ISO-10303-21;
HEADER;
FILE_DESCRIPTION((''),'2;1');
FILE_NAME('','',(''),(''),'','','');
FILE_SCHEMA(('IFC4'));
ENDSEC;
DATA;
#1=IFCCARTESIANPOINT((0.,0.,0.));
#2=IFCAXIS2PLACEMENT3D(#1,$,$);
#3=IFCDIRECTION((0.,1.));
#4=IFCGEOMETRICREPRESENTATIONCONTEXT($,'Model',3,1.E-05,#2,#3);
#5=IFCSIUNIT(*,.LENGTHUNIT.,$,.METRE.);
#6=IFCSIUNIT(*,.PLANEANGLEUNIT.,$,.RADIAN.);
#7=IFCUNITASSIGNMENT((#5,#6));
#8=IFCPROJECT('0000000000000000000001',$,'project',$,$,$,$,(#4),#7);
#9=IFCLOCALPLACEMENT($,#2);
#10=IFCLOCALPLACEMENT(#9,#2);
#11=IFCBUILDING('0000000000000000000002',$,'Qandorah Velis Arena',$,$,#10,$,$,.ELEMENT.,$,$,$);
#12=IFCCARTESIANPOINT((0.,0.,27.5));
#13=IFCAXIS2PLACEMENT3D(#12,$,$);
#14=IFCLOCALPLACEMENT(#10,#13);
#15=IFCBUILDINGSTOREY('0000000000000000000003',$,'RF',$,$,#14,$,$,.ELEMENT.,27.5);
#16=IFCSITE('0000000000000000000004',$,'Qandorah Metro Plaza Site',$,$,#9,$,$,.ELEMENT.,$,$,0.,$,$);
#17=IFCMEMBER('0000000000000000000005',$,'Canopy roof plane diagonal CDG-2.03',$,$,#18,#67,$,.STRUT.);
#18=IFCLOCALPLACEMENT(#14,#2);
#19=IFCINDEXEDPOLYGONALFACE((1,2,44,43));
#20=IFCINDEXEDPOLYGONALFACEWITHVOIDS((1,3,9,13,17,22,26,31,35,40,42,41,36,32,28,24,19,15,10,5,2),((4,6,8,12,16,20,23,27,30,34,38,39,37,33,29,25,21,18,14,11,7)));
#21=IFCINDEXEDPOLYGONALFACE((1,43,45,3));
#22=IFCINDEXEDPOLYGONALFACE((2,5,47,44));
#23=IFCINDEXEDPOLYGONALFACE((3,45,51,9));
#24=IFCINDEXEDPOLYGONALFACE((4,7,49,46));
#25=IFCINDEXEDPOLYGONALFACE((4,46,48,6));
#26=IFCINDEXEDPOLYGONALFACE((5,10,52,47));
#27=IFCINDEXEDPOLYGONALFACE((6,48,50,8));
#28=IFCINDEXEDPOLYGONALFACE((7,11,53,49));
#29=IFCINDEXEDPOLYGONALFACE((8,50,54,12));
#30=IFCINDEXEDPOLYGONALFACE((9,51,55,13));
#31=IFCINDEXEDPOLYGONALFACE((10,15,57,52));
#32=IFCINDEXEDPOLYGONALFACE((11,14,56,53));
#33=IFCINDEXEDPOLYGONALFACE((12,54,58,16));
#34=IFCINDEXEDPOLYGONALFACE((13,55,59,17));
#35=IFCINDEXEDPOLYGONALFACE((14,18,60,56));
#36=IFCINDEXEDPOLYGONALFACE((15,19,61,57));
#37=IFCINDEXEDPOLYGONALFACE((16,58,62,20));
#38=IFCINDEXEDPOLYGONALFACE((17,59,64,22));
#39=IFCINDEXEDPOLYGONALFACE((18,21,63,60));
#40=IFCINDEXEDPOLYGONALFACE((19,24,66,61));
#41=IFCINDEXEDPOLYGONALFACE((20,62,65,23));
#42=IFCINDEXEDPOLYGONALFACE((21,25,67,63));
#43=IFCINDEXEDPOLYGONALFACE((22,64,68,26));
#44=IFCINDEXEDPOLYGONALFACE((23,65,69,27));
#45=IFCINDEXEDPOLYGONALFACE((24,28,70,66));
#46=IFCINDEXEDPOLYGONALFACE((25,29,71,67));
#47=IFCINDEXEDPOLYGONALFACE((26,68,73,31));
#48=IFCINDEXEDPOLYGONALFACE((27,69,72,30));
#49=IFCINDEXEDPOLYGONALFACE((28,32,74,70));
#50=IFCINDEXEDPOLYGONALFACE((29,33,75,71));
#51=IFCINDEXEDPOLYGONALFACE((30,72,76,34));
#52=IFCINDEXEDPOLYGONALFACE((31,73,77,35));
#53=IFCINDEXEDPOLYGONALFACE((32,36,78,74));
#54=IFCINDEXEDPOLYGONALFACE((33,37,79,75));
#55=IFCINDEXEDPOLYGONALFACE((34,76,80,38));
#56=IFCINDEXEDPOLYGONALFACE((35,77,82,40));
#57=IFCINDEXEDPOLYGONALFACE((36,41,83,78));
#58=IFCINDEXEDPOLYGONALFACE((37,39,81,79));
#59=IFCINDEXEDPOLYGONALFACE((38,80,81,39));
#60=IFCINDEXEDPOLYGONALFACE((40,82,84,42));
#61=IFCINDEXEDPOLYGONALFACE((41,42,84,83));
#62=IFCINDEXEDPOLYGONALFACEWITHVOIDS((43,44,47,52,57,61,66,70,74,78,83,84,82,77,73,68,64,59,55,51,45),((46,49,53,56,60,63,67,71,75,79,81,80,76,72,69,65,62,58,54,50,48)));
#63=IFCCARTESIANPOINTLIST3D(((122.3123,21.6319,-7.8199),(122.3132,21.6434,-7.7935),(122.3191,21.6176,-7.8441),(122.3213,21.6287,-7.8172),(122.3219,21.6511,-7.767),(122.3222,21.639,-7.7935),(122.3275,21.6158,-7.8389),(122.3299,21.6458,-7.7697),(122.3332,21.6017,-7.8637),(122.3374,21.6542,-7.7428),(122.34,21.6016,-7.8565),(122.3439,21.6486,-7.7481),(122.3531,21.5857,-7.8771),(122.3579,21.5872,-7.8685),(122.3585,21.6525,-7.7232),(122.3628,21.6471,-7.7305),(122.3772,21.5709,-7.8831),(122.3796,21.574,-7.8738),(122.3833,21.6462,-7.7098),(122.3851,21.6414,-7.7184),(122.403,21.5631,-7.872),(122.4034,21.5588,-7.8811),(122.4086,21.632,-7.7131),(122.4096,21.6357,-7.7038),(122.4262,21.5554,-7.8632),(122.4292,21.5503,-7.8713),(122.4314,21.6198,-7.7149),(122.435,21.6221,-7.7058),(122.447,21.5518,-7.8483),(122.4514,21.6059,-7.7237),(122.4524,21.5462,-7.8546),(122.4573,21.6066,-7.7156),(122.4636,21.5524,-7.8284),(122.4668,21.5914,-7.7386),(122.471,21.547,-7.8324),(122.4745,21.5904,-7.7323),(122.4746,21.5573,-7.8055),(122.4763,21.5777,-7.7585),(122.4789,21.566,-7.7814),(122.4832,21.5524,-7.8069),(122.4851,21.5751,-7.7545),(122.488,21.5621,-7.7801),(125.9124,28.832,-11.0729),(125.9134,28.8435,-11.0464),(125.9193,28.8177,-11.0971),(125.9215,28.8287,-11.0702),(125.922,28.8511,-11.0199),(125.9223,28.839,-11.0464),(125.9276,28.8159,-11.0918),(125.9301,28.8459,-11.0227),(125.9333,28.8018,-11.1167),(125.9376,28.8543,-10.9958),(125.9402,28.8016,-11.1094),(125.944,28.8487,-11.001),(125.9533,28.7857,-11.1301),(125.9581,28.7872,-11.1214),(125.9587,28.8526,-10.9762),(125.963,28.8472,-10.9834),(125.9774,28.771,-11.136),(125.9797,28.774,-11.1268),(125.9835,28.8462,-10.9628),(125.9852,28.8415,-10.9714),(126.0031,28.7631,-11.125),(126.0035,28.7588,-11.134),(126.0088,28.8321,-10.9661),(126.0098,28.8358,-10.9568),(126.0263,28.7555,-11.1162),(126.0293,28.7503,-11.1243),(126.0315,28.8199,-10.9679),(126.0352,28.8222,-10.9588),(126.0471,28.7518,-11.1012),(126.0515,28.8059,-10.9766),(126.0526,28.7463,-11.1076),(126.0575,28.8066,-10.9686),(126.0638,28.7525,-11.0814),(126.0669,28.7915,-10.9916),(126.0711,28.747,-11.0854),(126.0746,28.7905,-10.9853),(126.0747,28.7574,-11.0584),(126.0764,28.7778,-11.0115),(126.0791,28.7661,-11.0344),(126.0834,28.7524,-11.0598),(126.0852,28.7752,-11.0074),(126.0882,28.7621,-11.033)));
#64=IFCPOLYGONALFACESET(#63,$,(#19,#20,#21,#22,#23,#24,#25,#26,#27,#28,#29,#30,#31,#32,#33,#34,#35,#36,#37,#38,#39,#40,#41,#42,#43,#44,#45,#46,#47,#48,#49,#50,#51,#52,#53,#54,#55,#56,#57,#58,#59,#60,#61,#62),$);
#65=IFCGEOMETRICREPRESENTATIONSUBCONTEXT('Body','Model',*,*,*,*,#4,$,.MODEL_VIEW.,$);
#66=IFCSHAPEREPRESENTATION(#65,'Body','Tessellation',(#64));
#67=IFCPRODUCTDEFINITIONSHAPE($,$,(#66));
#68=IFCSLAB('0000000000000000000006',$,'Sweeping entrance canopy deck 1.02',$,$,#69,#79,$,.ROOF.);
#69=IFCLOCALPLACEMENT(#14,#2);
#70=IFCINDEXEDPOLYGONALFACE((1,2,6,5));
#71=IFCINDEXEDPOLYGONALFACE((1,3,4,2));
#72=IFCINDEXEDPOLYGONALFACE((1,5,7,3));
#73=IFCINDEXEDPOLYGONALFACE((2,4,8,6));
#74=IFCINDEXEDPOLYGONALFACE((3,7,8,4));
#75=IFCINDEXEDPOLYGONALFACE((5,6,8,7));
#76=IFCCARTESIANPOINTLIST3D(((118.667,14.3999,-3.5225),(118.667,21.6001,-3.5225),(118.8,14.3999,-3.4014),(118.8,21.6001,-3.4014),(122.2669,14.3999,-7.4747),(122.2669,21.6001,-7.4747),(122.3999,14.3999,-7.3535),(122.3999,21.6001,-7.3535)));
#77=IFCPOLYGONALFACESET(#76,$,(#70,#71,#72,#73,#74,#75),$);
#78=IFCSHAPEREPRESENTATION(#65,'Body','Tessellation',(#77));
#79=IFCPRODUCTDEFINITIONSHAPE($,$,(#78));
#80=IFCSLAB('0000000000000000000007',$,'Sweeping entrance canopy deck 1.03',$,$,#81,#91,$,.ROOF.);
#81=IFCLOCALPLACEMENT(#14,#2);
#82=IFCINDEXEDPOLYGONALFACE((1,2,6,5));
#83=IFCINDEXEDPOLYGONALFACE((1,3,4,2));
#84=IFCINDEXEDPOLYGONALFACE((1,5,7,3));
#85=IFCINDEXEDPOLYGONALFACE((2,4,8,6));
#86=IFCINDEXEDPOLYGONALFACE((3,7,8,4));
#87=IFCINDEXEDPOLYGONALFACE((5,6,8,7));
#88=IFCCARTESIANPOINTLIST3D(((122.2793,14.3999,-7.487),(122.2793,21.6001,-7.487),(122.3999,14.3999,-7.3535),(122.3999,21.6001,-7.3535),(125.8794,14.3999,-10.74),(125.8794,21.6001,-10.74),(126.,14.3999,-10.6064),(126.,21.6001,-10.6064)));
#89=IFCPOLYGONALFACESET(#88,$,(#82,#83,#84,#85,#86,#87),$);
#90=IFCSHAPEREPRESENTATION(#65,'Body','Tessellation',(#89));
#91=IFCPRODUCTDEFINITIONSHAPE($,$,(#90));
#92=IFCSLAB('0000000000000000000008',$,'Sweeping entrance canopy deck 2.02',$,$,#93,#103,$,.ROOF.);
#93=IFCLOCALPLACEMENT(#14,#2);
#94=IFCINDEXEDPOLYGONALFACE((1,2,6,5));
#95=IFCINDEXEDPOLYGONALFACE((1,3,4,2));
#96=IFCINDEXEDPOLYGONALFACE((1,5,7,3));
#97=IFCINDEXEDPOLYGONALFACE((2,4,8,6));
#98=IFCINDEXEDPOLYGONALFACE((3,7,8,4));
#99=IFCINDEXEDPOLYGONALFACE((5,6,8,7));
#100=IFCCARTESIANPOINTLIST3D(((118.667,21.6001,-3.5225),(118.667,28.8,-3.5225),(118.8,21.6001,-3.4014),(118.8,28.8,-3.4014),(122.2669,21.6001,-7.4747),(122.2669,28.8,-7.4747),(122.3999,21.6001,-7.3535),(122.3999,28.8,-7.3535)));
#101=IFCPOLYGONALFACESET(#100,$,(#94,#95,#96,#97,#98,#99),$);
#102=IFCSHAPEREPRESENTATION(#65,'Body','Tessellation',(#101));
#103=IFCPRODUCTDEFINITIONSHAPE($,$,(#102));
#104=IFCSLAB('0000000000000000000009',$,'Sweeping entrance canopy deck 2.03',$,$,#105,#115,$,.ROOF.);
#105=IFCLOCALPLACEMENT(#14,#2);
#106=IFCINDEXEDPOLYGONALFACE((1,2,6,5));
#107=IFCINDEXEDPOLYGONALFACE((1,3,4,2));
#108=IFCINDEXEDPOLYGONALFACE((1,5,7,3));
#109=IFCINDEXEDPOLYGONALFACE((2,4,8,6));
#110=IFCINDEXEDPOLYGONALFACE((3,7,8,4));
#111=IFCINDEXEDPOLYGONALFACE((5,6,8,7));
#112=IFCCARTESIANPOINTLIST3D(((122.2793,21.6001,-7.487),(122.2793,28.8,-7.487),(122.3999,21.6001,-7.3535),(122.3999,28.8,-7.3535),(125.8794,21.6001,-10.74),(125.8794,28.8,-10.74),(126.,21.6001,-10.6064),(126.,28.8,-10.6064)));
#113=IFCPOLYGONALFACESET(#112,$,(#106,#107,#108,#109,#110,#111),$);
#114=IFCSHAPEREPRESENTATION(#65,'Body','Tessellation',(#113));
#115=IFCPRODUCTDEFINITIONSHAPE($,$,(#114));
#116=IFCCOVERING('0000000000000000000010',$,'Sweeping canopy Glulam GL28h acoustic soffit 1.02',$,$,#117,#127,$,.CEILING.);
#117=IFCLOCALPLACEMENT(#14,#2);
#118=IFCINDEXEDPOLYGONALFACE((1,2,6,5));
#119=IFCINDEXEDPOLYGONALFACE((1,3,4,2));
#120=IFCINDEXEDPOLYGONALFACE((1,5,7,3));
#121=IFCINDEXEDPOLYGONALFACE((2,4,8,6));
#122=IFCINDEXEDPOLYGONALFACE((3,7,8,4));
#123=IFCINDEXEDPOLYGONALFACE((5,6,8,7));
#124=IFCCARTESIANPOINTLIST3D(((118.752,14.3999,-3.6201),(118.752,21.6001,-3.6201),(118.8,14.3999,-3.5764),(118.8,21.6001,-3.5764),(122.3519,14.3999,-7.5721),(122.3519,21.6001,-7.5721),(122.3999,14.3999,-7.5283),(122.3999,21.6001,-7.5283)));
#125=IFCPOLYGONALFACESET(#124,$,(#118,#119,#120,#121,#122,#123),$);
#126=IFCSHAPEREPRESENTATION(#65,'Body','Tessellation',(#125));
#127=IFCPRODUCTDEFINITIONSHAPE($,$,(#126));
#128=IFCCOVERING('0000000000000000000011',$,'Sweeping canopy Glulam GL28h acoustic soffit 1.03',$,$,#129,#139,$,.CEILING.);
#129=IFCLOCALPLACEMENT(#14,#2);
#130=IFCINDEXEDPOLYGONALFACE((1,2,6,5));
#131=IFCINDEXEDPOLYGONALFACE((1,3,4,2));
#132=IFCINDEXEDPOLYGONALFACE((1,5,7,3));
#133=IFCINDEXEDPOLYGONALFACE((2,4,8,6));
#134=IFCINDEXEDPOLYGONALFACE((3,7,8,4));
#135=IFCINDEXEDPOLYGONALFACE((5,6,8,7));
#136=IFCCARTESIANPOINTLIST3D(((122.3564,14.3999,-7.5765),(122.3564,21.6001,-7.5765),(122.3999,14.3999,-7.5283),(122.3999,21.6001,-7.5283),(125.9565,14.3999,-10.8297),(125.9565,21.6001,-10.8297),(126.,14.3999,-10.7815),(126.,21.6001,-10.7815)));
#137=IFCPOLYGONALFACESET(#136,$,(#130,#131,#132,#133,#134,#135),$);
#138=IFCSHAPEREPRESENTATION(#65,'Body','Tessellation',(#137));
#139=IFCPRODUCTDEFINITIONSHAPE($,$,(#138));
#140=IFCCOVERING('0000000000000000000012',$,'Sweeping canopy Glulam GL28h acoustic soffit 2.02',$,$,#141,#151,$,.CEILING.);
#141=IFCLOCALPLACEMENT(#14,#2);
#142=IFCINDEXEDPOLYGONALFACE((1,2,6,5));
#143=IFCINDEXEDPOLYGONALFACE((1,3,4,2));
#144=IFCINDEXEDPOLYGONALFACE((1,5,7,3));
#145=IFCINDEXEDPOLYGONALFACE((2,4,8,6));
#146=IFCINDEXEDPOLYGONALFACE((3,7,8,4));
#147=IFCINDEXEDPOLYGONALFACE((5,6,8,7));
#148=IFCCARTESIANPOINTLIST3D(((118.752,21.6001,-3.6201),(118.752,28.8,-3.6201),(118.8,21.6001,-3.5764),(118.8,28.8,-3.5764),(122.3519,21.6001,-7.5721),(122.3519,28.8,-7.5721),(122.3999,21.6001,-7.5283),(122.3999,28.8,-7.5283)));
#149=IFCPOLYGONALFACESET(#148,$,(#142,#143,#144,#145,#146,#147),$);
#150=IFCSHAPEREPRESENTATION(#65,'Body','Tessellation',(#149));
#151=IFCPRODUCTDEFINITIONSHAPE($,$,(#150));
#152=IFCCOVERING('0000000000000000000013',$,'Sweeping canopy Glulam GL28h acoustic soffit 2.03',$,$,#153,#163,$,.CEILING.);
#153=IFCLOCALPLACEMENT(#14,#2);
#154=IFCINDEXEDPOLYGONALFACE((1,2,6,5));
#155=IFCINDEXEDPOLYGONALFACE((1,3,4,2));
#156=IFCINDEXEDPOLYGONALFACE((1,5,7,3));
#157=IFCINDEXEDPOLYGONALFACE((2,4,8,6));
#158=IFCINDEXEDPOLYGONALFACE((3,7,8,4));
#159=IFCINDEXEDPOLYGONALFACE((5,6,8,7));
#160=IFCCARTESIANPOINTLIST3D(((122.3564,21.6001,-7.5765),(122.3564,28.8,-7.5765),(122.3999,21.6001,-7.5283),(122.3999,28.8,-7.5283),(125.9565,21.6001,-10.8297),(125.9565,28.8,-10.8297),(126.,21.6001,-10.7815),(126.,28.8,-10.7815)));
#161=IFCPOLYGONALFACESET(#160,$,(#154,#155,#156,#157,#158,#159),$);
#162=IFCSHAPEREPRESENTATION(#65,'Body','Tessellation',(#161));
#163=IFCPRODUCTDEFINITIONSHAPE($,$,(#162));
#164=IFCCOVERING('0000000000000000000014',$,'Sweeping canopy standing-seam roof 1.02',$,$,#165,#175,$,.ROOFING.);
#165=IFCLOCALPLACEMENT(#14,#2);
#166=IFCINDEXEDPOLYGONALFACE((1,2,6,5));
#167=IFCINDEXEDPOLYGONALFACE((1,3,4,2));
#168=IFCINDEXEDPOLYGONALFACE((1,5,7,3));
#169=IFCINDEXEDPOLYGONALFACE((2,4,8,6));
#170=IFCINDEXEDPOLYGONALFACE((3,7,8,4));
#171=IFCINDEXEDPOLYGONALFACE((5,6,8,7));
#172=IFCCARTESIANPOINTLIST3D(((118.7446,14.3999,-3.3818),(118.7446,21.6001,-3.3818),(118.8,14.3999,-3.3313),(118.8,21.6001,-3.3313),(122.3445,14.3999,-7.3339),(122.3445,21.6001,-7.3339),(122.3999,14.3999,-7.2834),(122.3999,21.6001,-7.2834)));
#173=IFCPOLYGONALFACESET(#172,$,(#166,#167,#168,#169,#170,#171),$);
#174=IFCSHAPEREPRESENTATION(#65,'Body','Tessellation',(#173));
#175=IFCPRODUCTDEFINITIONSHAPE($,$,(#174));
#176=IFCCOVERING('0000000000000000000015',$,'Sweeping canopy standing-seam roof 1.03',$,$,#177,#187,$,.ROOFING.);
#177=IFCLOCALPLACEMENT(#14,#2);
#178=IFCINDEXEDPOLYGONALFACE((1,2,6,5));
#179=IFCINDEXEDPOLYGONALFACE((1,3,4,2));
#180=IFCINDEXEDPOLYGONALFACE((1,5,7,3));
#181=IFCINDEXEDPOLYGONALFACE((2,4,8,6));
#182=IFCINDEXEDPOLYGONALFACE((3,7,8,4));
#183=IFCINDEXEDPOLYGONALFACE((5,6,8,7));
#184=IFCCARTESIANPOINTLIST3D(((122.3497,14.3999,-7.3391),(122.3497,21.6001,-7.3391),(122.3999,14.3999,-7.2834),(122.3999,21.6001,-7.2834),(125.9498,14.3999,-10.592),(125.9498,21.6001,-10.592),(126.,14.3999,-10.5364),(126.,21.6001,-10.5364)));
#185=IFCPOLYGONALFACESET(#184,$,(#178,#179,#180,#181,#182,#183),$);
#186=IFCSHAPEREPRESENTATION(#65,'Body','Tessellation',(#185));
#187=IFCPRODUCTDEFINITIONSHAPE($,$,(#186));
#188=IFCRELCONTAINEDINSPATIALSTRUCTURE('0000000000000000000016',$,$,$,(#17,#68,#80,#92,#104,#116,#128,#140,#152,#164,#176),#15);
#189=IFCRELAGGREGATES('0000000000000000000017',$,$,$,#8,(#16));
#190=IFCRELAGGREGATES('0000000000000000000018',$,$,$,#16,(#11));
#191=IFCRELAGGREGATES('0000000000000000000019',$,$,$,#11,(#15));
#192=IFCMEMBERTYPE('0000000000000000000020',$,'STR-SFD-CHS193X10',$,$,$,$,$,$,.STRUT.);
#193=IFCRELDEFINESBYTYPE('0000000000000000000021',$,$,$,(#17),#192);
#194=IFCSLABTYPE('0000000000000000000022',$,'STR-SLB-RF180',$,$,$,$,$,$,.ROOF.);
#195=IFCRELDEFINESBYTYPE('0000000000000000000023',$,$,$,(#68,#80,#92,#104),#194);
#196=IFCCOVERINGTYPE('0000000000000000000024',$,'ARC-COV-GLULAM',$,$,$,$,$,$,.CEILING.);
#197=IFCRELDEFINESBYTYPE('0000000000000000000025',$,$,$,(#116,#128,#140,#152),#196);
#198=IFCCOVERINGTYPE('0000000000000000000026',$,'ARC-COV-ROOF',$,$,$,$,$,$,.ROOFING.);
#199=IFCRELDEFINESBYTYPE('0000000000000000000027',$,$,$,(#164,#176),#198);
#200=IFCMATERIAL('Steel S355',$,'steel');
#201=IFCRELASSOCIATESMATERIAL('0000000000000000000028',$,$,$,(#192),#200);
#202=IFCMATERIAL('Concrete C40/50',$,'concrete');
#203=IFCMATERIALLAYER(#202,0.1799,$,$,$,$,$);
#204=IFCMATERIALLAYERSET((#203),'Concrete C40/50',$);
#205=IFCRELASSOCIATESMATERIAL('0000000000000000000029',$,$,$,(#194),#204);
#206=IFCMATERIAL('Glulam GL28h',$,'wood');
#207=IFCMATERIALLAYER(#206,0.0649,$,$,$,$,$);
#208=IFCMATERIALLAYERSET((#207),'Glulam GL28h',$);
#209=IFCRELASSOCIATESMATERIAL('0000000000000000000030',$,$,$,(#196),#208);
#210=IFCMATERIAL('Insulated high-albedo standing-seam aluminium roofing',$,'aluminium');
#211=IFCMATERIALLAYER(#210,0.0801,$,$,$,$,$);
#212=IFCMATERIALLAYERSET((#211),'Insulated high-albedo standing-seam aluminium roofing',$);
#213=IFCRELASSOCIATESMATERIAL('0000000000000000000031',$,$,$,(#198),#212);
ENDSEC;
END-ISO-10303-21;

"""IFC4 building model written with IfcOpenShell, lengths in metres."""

from ifc_helpers import new_model, si_unit, direction, frame, origin, origin_2d, place, context, subcontext, project, spatial, polyline, hollow_circle, outline, extrude, material, layer, layer_set, material_profile, profile_set, type_object, element, save


model = new_model("IFC4")

# Units and contexts
model_context = context("Model", 3, precision=1e-05, world=origin(), true_north=direction((0.0, 1.0)))
body_context = subcontext(model_context, "Body", "Model", "MODEL_VIEW")
ifc_project = project(units=[si_unit("LENGTHUNIT", "METRE"), si_unit("PLANEANGLEUNIT", "RADIAN")], contexts=[model_context])

# Site, building, storey
site_placement = place(None, origin())
site = spatial("IfcSite", under=ifc_project, at=site_placement, Name="Qandorah Metro Plaza Site", CompositionType="ELEMENT", RefElevation=0.0)
building_placement = place(site_placement, origin())
building = spatial("IfcBuilding", under=site, at=building_placement, Name="Qandorah Velis Arena", CompositionType="ELEMENT")
storey_placement = place(building_placement, frame((0.0, 0.0, 27.5)))
storey = spatial("IfcBuildingStorey", under=building, at=storey_placement, Name="RF", CompositionType="ELEMENT", Elevation=27.5)

# Shared definitions
ifc_material_1 = material(Name="Steel S355", Category="steel")

# Member
ifc_material_profile_1 = material_profile(ifc_material_1, hollow_circle(Radius=0.0969, WallThickness=0.01, at=origin_2d()), Name="CHS 193.7x10")
ifc_profile_set_1 = profile_set([ifc_material_profile_1], Name="Steel S355")
member_type_1 = type_object("IfcMemberType", Name="STR-SFD-CHS193X10", PredefinedType="STRUT", material=ifc_profile_set_1)
member_1_placement = place(storey_placement, frame((122.3999, 21.6001, -7.7935), z_axis=(0.41465, 0.829272, -0.374664), x_axis=(-0.894421, 0.447226, 0.0)))
element("IfcMember", 1, at=member_1_placement, inside=storey, type_object=member_type_1, Name="Canopy roof plane diagonal CDG-2.03", PredefinedType="STRUT", context=body_context, shape_type="SweptSolid", body=[
    extrude(hollow_circle(Radius=0.0969, WallThickness=0.01, at=origin_2d()), origin(), (0.0, 0.0, 1.0), 8.6824),
])

# Slabs
ifc_material_2 = material(Name="Concrete C40/50", Category="concrete")
ifc_layer_1 = layer(ifc_material_2, 0.1799)
ifc_layer_set_1 = layer_set([ifc_layer_1], Name="Concrete C40/50")
slab_type = type_object("IfcSlabType", Name="STR-SLB-RF180", PredefinedType="ROOF", material=ifc_layer_set_1)
slab_1_placement = place(storey_placement, frame((118.8, 14.3999, -3.4014), z_axis=(0.739289, 0.0, 0.673389), x_axis=(0.673389, 0.0, -0.739289)))
element("IfcSlab", 2, at=slab_1_placement, inside=storey, type_object=slab_type, Name="Sweeping entrance canopy deck 1.02", PredefinedType="ROOF", context=body_context, shape_type="SweptSolid", body=[
    extrude(outline(polyline([(0.0, 0.0), (5.3459, 0.0), (5.3459, 7.2002), (0.0, 7.2002), (0.0, 0.0)])), origin(), (0.0, 0.0, -1.0), 0.1799),
])
slab_2_placement = place(storey_placement, frame((122.3999, 14.3999, -7.3535), z_axis=(0.670426, 0.0, 0.741977), x_axis=(0.741977, 0.0, -0.670426)))
element("IfcSlab", 3, at=slab_2_placement, inside=storey, type_object=slab_type, Name="Sweeping entrance canopy deck 1.03", PredefinedType="ROOF", context=body_context, shape_type="SweptSolid", body=[
    extrude(outline(polyline([(0.0, 0.0), (4.852, 0.0), (4.852, 7.2002), (0.0, 7.2002), (0.0, 0.0)])), origin(), (0.0, 0.0, -1.0), 0.1799),
])
slab_3_placement = place(storey_placement, frame((118.8, 21.6001, -3.4014), z_axis=(0.739289, 0.0, 0.673389), x_axis=(0.673389, 0.0, -0.739289)))
element("IfcSlab", 4, at=slab_3_placement, inside=storey, type_object=slab_type, Name="Sweeping entrance canopy deck 2.02", PredefinedType="ROOF", context=body_context, shape_type="SweptSolid", body=[
    extrude(outline(polyline([(0.0, 0.0), (5.3459, 0.0), (5.3459, 7.2), (0.0, 7.2), (0.0, 0.0)])), origin(), (0.0, 0.0, -1.0), 0.1799),
])
slab_4_placement = place(storey_placement, frame((122.3999, 21.6001, -7.3535), z_axis=(0.670426, 0.0, 0.741977), x_axis=(0.741977, 0.0, -0.670426)))
element("IfcSlab", 5, at=slab_4_placement, inside=storey, type_object=slab_type, Name="Sweeping entrance canopy deck 2.03", PredefinedType="ROOF", context=body_context, shape_type="SweptSolid", body=[
    extrude(outline(polyline([(0.0, 0.0), (4.852, 0.0), (4.852, 7.2), (0.0, 7.2), (0.0, 0.0)])), origin(), (0.0, 0.0, -1.0), 0.1799),
])

# Coverings
ifc_material_3 = material(Name="Glulam GL28h", Category="wood")
ifc_layer_2 = layer(ifc_material_3, 0.0649)
ifc_layer_set_2 = layer_set([ifc_layer_2], Name="Glulam GL28h")
covering_type_1 = type_object("IfcCoveringType", Name="ARC-COV-GLULAM", PredefinedType="CEILING", material=ifc_layer_set_2)
covering_1_placement = place(storey_placement, frame((118.8, 14.3999, -3.5764), z_axis=(0.739268, 0.0, 0.673411), x_axis=(0.673411, 0.0, -0.739268)))
element("IfcCovering", 6, at=covering_1_placement, inside=storey, type_object=covering_type_1, Name="Sweeping canopy Glulam GL28h acoustic soffit 1.02", PredefinedType="CEILING", context=body_context, shape_type="SweptSolid", body=[
    extrude(outline(polyline([(0.0, 0.0), (5.3457, 0.0), (5.3457, 7.2002), (0.0, 7.2002), (0.0, 0.0)])), origin(), (0.0, 0.0, -1.0), 0.0649),
])
covering_2_placement = place(storey_placement, frame((122.3999, 14.3999, -7.5283), z_axis=(0.670453, 0.0, 0.741952), x_axis=(0.741952, 0.0, -0.670453)))
element("IfcCovering", 7, at=covering_2_placement, inside=storey, type_object=covering_type_1, Name="Sweeping canopy Glulam GL28h acoustic soffit 1.03", PredefinedType="CEILING", context=body_context, shape_type="SweptSolid", body=[
    extrude(outline(polyline([(0.0, 0.0), (4.8522, 0.0), (4.8522, 7.2002), (0.0, 7.2002), (0.0, 0.0)])), origin(), (0.0, 0.0, -1.0), 0.0649),
])
covering_3_placement = place(storey_placement, frame((118.8, 21.6001, -3.5764), z_axis=(0.739268, 0.0, 0.673411), x_axis=(0.673411, 0.0, -0.739268)))
element("IfcCovering", 8, at=covering_3_placement, inside=storey, type_object=covering_type_1, Name="Sweeping canopy Glulam GL28h acoustic soffit 2.02", PredefinedType="CEILING", context=body_context, shape_type="SweptSolid", body=[
    extrude(outline(polyline([(0.0, 0.0), (5.3457, 0.0), (5.3457, 7.2), (0.0, 7.2), (0.0, 0.0)])), origin(), (0.0, 0.0, -1.0), 0.0649),
])
covering_4_placement = place(storey_placement, frame((122.3999, 21.6001, -7.5283), z_axis=(0.670453, 0.0, 0.741952), x_axis=(0.741952, 0.0, -0.670453)))
element("IfcCovering", 9, at=covering_4_placement, inside=storey, type_object=covering_type_1, Name="Sweeping canopy Glulam GL28h acoustic soffit 2.03", PredefinedType="CEILING", context=body_context, shape_type="SweptSolid", body=[
    extrude(outline(polyline([(0.0, 0.0), (4.8522, 0.0), (4.8522, 7.2), (0.0, 7.2), (0.0, 0.0)])), origin(), (0.0, 0.0, -1.0), 0.0649),
])
ifc_material_4 = material(Name="Insulated high-albedo standing-seam aluminium roofing", Category="aluminium")
ifc_layer_3 = layer(ifc_material_4, 0.0801)
ifc_layer_set_3 = layer_set([ifc_layer_3], Name="Insulated high-albedo standing-seam aluminium roofing")
covering_type_2 = type_object("IfcCoveringType", Name="ARC-COV-ROOF", PredefinedType="ROOFING", material=ifc_layer_set_3)
covering_5_placement = place(storey_placement, frame((118.8, 14.3999, -3.3313), z_axis=(0.739289, 0.0, 0.673389), x_axis=(0.673389, 0.0, -0.739289)))
element("IfcCovering", 10, at=covering_5_placement, inside=storey, type_object=covering_type_2, Name="Sweeping canopy standing-seam roof 1.02", PredefinedType="ROOFING", context=body_context, shape_type="SweptSolid", body=[
    extrude(outline(polyline([(0.0, 0.0), (5.3459, 0.0), (5.3459, 7.2002), (0.0, 7.2002), (0.0, 0.0)])), origin(), (0.0, 0.0, -1.0), 0.075),
])
covering_6_placement = place(storey_placement, frame((122.3999, 14.3999, -7.2834), z_axis=(0.670426, 0.0, 0.741977), x_axis=(0.741977, 0.0, -0.670426)))
element("IfcCovering", 11, at=covering_6_placement, inside=storey, type_object=covering_type_2, Name="Sweeping canopy standing-seam roof 1.03", PredefinedType="ROOFING", context=body_context, shape_type="SweptSolid", body=[
    extrude(outline(polyline([(0.0, 0.0), (4.852, 0.0), (4.852, 7.2002), (0.0, 7.2002), (0.0, 0.0)])), origin(), (0.0, 0.0, -1.0), 0.075),
])

save(model, "model.ifc")
